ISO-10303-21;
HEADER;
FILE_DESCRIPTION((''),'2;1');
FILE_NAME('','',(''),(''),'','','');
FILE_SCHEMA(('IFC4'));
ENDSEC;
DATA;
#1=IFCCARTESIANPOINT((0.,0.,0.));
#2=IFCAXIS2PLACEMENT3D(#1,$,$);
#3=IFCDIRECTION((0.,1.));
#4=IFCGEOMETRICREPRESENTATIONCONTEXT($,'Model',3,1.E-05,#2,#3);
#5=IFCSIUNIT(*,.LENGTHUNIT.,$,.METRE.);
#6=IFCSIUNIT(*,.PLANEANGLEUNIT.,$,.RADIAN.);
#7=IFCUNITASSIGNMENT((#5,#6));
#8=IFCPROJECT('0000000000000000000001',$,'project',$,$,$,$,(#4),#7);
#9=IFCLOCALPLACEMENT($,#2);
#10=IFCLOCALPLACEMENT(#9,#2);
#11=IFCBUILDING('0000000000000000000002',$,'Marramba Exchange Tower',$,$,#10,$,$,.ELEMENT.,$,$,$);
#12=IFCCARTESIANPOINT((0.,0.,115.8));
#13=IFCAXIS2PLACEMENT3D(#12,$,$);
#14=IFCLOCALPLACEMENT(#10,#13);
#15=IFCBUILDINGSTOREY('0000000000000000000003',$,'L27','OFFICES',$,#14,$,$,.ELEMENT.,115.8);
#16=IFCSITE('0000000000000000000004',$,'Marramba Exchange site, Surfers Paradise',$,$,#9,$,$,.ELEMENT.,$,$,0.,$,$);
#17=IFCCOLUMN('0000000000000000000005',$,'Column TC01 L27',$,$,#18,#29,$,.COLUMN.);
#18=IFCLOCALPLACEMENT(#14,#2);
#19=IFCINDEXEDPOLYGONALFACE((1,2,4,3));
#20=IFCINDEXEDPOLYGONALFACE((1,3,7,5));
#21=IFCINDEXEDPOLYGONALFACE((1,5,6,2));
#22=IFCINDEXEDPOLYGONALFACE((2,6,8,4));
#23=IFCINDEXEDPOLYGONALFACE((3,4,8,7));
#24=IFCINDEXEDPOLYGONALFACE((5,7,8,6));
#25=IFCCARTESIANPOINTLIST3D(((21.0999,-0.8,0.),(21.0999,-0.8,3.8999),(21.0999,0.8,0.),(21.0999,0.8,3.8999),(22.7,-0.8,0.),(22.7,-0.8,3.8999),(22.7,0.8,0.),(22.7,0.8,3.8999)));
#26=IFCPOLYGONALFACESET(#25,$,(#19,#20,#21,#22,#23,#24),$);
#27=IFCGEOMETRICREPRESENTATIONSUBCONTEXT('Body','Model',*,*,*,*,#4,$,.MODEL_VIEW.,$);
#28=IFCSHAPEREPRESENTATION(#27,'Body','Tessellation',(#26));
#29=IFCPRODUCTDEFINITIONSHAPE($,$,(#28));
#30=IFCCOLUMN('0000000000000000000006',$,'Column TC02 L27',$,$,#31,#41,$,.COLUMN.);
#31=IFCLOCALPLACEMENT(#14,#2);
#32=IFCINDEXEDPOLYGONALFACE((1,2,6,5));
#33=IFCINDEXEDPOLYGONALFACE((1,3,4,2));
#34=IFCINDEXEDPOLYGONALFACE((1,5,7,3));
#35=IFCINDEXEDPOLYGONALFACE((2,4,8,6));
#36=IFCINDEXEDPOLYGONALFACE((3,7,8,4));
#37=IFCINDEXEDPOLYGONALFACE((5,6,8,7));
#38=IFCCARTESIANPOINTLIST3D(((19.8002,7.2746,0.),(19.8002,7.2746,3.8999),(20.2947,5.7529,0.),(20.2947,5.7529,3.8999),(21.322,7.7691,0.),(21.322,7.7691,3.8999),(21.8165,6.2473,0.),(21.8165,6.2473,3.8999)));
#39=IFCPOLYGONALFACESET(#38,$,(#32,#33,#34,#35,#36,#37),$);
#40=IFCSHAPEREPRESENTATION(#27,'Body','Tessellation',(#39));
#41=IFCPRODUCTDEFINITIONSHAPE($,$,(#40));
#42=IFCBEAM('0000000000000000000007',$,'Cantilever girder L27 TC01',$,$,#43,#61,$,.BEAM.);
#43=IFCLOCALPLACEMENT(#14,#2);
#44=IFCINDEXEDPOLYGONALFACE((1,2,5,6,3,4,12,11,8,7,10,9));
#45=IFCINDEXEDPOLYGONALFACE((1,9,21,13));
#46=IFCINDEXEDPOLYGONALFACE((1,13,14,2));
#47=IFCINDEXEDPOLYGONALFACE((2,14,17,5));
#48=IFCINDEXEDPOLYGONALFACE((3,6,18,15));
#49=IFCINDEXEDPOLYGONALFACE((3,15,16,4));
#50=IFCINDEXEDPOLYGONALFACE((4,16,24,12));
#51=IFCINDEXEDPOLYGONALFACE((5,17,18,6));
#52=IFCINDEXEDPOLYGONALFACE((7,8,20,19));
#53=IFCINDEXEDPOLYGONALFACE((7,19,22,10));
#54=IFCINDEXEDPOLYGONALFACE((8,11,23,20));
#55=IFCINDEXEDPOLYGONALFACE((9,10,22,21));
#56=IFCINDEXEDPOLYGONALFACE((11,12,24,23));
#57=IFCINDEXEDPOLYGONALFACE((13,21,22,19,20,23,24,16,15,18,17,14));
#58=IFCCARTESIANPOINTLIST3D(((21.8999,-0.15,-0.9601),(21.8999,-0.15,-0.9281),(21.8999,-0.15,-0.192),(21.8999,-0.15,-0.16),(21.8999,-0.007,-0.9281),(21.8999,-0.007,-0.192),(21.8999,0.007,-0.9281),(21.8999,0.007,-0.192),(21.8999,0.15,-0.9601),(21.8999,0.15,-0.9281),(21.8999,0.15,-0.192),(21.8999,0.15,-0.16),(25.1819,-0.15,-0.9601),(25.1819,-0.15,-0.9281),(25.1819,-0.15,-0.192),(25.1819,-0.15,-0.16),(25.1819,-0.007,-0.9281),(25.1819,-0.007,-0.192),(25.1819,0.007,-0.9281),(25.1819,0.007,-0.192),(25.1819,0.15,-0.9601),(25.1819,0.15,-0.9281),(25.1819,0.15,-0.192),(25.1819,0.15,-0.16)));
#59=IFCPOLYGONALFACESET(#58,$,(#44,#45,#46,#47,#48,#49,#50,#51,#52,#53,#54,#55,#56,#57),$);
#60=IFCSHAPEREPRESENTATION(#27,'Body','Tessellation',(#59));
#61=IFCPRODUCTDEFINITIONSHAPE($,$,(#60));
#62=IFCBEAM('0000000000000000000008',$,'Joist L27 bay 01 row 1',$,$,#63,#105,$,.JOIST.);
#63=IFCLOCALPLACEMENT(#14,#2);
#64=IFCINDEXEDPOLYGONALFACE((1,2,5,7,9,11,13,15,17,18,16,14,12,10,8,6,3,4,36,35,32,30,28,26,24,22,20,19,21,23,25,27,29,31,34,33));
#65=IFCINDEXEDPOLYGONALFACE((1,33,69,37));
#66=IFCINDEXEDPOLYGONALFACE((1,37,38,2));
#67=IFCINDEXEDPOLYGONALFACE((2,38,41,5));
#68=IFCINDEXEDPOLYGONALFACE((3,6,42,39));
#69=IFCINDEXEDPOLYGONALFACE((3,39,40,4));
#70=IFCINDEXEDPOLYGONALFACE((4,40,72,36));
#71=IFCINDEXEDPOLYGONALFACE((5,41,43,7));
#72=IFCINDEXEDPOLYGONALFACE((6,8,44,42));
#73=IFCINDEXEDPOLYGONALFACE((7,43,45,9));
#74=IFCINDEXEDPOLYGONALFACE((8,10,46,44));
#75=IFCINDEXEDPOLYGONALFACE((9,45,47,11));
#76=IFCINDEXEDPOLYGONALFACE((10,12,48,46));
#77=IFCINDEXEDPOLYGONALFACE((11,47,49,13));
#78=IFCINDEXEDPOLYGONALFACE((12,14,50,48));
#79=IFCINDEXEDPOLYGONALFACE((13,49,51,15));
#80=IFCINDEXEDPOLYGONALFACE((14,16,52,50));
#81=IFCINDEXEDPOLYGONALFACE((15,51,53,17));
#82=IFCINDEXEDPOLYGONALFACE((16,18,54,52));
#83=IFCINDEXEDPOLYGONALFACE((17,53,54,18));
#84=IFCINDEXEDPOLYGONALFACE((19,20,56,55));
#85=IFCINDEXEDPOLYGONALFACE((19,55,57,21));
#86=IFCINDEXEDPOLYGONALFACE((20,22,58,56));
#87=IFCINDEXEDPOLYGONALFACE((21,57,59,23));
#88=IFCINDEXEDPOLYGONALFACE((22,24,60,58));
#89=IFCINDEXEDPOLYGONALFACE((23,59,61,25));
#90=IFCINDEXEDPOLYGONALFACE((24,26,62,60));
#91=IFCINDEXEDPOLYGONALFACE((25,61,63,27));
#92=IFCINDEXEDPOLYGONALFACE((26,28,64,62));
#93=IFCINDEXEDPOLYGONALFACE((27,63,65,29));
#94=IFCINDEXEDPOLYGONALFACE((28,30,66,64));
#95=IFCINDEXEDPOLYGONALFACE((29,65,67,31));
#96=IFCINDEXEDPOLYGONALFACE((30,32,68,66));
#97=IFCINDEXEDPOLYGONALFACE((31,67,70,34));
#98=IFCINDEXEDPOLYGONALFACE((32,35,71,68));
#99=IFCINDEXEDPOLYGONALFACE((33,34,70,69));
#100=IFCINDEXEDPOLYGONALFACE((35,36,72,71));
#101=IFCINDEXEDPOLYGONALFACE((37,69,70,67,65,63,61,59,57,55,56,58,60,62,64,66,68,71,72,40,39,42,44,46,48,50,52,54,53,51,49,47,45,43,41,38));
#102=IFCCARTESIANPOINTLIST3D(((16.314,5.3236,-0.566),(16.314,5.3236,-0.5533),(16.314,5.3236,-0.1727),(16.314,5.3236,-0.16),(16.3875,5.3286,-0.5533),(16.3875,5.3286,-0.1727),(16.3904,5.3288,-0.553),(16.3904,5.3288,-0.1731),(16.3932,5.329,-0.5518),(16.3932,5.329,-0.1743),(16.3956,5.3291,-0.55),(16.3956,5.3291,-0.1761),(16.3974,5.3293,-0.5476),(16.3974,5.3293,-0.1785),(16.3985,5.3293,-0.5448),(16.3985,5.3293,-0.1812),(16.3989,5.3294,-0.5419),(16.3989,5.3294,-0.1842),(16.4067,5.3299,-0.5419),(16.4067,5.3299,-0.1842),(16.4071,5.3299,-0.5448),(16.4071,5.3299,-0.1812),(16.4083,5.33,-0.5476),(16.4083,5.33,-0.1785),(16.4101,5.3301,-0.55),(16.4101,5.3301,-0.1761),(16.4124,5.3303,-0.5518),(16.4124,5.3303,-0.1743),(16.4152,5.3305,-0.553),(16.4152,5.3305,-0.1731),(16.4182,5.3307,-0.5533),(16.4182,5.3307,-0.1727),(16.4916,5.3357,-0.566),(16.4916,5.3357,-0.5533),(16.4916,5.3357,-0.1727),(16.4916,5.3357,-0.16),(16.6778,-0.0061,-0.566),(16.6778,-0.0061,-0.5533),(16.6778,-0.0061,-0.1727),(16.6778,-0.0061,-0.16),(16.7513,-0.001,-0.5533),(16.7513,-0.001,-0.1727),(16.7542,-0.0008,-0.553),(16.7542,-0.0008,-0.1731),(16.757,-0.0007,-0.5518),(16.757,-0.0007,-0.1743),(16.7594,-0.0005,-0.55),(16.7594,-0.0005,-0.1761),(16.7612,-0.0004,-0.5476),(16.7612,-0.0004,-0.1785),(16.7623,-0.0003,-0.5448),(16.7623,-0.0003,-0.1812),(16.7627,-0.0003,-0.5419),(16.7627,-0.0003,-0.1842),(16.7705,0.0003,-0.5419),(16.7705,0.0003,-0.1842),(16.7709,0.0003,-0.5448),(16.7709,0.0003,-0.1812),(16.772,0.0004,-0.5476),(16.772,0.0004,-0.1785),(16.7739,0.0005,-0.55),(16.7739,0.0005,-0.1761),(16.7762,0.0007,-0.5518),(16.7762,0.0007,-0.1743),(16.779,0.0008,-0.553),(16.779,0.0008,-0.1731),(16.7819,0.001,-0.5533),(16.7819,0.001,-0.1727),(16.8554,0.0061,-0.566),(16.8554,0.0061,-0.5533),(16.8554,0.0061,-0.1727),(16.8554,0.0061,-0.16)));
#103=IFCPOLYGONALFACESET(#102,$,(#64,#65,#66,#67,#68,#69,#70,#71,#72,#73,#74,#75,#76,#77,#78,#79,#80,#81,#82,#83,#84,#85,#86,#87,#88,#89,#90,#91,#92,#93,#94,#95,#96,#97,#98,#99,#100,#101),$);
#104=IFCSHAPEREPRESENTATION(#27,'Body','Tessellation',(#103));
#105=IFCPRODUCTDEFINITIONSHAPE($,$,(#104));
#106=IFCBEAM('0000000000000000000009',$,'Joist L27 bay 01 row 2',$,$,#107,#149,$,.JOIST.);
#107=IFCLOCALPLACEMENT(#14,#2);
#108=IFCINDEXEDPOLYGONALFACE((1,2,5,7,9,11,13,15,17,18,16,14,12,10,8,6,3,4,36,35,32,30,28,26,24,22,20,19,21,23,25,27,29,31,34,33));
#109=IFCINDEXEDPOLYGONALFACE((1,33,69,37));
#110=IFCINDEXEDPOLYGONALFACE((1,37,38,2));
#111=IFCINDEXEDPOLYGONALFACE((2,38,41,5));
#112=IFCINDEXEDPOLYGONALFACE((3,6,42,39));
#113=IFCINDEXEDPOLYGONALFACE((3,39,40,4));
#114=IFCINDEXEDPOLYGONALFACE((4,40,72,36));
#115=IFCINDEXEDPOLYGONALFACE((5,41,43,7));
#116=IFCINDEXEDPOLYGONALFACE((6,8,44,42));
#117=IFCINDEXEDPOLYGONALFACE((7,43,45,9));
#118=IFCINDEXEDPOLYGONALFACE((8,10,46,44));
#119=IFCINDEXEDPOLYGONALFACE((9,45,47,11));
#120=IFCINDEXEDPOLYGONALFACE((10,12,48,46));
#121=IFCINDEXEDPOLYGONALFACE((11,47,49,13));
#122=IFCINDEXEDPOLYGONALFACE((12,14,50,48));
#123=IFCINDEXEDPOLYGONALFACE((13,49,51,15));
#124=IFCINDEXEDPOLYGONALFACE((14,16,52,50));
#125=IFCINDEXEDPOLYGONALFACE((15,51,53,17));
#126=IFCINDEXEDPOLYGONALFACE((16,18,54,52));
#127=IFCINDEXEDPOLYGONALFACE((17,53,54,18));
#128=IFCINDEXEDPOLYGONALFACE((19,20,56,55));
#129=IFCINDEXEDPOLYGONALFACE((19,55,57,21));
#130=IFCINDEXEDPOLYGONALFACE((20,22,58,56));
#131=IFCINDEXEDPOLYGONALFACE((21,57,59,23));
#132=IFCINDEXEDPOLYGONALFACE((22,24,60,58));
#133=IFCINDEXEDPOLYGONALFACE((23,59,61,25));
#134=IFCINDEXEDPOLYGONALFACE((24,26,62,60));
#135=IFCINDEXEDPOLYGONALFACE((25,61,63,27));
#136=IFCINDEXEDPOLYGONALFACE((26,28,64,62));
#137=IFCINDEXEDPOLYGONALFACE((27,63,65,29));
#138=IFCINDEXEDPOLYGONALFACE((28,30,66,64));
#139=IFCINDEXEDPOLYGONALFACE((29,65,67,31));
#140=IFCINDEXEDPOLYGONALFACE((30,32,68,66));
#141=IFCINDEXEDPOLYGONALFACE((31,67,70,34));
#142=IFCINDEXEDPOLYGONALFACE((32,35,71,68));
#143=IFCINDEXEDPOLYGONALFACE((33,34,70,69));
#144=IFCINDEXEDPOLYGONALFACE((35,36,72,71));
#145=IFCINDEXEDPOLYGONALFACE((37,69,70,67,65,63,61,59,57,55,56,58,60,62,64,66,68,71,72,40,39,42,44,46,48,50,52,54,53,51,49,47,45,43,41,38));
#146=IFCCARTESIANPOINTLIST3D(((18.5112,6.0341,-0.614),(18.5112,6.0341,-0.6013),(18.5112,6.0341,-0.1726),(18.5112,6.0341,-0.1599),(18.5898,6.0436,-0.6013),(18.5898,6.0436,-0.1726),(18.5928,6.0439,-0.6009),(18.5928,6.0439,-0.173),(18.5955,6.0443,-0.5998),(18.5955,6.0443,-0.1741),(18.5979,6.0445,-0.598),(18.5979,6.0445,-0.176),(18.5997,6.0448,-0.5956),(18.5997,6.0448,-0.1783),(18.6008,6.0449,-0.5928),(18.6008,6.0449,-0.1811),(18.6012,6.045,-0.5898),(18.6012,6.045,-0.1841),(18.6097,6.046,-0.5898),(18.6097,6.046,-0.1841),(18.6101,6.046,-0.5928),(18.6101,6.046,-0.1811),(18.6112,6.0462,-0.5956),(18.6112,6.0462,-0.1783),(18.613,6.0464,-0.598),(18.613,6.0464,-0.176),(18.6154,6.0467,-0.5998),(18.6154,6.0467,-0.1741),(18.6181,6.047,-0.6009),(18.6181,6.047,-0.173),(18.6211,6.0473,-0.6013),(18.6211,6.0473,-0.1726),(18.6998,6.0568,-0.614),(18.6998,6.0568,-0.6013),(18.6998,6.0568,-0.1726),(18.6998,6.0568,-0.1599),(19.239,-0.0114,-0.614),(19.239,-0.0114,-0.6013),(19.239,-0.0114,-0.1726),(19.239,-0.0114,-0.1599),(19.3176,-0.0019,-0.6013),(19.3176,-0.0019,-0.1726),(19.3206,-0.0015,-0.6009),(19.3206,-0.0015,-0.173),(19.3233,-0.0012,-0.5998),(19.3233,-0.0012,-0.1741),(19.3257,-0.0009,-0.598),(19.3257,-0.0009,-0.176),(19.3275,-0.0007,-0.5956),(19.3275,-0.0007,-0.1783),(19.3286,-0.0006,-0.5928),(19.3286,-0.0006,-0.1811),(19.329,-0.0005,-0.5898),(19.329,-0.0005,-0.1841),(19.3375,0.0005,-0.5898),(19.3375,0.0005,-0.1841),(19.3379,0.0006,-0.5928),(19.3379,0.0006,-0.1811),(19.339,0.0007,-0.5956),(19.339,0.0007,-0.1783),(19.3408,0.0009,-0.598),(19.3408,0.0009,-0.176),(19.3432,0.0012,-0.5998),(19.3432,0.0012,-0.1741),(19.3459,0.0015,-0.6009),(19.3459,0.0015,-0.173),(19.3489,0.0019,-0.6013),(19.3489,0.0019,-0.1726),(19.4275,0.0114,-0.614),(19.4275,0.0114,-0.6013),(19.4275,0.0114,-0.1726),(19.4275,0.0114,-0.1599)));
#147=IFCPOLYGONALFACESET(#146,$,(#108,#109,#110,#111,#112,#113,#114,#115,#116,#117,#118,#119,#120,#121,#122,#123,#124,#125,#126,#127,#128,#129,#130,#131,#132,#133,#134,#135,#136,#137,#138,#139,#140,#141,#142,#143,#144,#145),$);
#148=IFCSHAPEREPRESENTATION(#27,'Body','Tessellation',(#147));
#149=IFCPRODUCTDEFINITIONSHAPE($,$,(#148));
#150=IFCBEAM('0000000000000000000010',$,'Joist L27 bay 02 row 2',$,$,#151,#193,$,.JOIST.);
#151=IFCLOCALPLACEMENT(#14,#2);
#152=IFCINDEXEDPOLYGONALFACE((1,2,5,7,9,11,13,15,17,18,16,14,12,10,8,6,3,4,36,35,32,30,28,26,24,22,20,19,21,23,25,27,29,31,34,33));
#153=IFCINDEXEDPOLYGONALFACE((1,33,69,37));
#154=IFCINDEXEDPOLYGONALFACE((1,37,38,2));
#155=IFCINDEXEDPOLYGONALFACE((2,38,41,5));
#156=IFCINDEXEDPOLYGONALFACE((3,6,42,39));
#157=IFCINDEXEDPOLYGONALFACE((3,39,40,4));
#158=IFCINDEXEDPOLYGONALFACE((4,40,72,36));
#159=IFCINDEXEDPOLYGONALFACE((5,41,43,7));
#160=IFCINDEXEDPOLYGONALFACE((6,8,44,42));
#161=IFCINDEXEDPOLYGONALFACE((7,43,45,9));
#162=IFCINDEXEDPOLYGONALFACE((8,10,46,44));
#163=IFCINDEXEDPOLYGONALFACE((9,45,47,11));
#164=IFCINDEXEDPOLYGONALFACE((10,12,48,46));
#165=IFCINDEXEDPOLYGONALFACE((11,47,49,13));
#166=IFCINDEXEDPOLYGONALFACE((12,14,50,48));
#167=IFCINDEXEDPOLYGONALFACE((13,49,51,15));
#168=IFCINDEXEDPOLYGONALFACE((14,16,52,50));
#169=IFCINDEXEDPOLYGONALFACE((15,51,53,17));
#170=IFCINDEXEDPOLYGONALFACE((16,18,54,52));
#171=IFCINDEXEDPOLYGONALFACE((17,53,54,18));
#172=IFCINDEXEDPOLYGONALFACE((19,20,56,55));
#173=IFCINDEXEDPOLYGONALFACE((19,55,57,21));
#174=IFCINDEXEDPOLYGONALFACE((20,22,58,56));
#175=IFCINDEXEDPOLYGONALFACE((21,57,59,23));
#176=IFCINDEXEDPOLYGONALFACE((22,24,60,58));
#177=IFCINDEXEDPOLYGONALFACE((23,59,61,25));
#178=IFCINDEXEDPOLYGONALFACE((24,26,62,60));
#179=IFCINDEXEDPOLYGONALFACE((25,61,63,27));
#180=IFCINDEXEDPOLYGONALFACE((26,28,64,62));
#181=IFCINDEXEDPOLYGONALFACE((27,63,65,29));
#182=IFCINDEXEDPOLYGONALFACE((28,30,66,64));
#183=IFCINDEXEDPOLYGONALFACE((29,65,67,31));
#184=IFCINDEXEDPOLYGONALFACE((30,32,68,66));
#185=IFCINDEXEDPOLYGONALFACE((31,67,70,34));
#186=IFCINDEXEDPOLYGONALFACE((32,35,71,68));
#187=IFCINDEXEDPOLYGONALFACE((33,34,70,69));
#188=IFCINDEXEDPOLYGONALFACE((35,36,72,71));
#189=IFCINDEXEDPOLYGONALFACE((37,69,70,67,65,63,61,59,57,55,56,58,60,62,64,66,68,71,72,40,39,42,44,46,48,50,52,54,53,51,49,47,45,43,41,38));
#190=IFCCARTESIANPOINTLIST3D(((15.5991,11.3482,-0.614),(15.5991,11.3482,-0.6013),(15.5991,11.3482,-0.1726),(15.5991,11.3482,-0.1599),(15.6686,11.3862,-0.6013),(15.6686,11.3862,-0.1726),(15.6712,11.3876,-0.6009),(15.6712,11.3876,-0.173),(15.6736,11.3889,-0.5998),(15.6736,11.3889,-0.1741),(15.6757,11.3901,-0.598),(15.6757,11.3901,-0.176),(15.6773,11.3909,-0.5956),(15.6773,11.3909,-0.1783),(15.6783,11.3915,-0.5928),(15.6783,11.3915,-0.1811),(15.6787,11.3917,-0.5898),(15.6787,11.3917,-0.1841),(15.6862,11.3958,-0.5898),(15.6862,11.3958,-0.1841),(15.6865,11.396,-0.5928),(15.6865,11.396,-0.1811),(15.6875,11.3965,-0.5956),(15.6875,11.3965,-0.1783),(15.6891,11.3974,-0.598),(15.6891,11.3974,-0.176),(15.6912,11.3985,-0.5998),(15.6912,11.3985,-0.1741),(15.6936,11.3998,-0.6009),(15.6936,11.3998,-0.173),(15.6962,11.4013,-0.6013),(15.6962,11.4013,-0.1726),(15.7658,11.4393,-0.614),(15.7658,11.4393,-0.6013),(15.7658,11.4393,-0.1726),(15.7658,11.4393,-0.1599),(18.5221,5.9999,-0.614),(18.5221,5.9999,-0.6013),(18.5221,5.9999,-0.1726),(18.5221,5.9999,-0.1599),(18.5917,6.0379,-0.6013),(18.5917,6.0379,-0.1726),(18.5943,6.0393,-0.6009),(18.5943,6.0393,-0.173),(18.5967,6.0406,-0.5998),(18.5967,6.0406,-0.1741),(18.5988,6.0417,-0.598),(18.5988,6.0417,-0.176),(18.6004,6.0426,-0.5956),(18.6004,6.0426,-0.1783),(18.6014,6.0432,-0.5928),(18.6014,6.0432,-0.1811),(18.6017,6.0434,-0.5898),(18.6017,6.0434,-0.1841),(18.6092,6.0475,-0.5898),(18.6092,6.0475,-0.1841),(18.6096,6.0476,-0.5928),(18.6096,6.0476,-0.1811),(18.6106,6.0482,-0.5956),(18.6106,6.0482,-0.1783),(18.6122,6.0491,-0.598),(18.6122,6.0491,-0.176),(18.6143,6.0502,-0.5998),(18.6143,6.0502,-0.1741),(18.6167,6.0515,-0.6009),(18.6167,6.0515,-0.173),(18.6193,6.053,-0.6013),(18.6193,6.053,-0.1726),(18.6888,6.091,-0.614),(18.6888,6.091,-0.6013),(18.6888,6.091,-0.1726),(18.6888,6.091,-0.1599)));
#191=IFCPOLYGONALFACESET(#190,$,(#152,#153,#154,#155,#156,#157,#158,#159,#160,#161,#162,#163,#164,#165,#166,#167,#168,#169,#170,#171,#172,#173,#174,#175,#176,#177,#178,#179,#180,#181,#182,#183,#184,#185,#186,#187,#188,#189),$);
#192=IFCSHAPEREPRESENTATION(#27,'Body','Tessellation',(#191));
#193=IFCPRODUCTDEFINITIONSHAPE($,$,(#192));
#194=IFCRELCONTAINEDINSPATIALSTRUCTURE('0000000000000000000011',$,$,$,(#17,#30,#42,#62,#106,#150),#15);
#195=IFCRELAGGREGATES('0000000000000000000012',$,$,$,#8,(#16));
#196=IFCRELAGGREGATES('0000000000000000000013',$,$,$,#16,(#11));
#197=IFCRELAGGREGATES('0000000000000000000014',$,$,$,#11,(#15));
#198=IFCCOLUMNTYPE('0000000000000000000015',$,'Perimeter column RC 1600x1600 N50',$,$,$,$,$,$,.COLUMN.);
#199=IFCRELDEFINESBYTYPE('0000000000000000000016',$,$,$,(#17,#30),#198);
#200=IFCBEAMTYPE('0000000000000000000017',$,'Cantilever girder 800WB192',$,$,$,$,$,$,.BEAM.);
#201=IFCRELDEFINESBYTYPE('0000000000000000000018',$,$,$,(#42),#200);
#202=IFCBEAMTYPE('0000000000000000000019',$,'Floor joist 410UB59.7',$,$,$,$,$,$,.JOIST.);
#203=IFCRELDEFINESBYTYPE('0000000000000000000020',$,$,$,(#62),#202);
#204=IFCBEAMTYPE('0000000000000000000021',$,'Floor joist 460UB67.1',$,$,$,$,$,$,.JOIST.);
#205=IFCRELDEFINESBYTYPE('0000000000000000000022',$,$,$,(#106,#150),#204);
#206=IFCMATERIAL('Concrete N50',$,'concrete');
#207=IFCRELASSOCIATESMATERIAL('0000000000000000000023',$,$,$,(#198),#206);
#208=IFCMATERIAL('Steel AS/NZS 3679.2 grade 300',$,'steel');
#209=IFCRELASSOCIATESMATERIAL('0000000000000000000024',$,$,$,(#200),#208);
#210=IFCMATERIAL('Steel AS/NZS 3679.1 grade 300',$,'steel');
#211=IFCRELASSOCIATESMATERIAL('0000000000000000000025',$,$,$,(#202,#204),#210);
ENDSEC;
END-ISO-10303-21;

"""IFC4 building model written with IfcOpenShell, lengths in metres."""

from ifc_helpers import new_model, si_unit, direction, frame, origin, origin_2d, place, context, subcontext, project, spatial, rectangle, i_section, extrude, material, material_profile, profile_set, type_object, element, save


model = new_model("IFC4")

# Units and contexts
model_context = context("Model", 3, precision=1e-05, world=origin(), true_north=direction((0.0, 1.0)))
body_context = subcontext(model_context, "Body", "Model", "MODEL_VIEW")
ifc_project = project(units=[si_unit("LENGTHUNIT", "METRE"), si_unit("PLANEANGLEUNIT", "RADIAN")], contexts=[model_context])

# Site, building, storey
site_placement = place(None, origin())
site = spatial("IfcSite", under=ifc_project, at=site_placement, Name="Marramba Exchange site, Surfers Paradise", CompositionType="ELEMENT", RefElevation=0.0)
building_placement = place(site_placement, origin())
building = spatial("IfcBuilding", under=site, at=building_placement, Name="Marramba Exchange Tower", CompositionType="ELEMENT")
storey_placement = place(building_placement, frame((0.0, 0.0, 115.8)))
storey = spatial("IfcBuildingStorey", under=building, at=storey_placement, Name="L27", Description="OFFICES", CompositionType="ELEMENT", Elevation=115.8)

# Columns
ifc_material_1 = material(Name="Concrete N50", Category="concrete")
ifc_material_profile_1 = material_profile(ifc_material_1, rectangle(XDim=1.6001, YDim=1.6001, at=origin_2d()), Name="RC 1600x1600")
ifc_profile_set_1 = profile_set([ifc_material_profile_1], Name="Concrete N50")
column_type = type_object("IfcColumnType", Name="Perimeter column RC 1600x1600 N50", PredefinedType="COLUMN", material=ifc_profile_set_1)
for number, where, z_axis, x_axis, name in (
    (1, (21.8999, 0.0, 0.0), (0.0, 0.0, 1.0), (1.0, 0.0, 0.0), "Column TC01 L27"),
    (2, (20.8083, 6.761, 0.0), (0.0, 0.0, 1.0), (0.951057, 0.309017, 0.0), "Column TC02 L27"),
):
    element("IfcColumn", number, at=place(storey_placement, frame(where, z_axis=z_axis, x_axis=x_axis)), inside=storey, type_object=column_type, Name=name, PredefinedType="COLUMN", context=body_context, shape_type="SweptSolid", body=[
        extrude(rectangle(XDim=1.6001, YDim=1.6001, at=origin_2d()), origin(), (0.0, 0.0, 1.0), 3.8999),
    ])

# Beams
ifc_material_2 = material(Name="Steel AS/NZS 3679.2 grade 300", Category="steel")
ifc_material_profile_2 = material_profile(ifc_material_2, i_section(OverallWidth=0.3, OverallDepth=0.8, WebThickness=0.0139, FlangeThickness=0.032, at=origin_2d()), Name="800WB192")
ifc_profile_set_2 = profile_set([ifc_material_profile_2], Name="Steel AS/NZS 3679.2 grade 300")
beam_type_1 = type_object("IfcBeamType", Name="Cantilever girder 800WB192", PredefinedType="BEAM", material=ifc_profile_set_2)
beam_1_placement = place(storey_placement, frame((21.8999, 0.0, -0.5601), z_axis=(1.0, 0.0, 0.0), x_axis=(0.0, 1.0, 0.0)))
element("IfcBeam", 3, at=beam_1_placement, inside=storey, type_object=beam_type_1, Name="Cantilever girder L27 TC01", PredefinedType="BEAM", context=body_context, shape_type="SweptSolid", body=[
    extrude(i_section(OverallWidth=0.3, OverallDepth=0.8, WebThickness=0.0139, FlangeThickness=0.032, at=origin_2d()), origin(), (0.0, 0.0, 1.0), 3.282),
])
ifc_material_3 = material(Name="Steel AS/NZS 3679.1 grade 300", Category="steel")
ifc_material_profile_3 = material_profile(ifc_material_3, i_section(OverallWidth=0.178, OverallDepth=0.406, WebThickness=0.0078, FlangeThickness=0.0127, FilletRadius=0.0115, at=origin_2d()), Name="410UB59.7")
ifc_profile_set_3 = profile_set([ifc_material_profile_3], Name="Steel AS/NZS 3679.1 grade 300")
beam_type_2 = type_object("IfcBeamType", Name="Floor joist 410UB59.7", PredefinedType="JOIST", material=ifc_profile_set_3)
beam_2_placement = place(storey_placement, frame((16.7666, 0.0, -0.363), z_axis=(-0.068096, 0.997679, 0.0), x_axis=(-0.997679, -0.068096, 0.0)))
element("IfcBeam", 4, at=beam_2_placement, inside=storey, type_object=beam_type_2, Name="Joist L27 bay 01 row 1", PredefinedType="JOIST", context=body_context, shape_type="SweptSolid", body=[
    extrude(i_section(OverallWidth=0.178, OverallDepth=0.406, WebThickness=0.0078, FlangeThickness=0.0127, FilletRadius=0.0115, at=origin_2d()), origin(), (0.0, 0.0, 1.0), 5.342),
])
ifc_material_profile_4 = material_profile(ifc_material_3, i_section(OverallWidth=0.1899, OverallDepth=0.4541, WebThickness=0.0085, FlangeThickness=0.0127, FilletRadius=0.0115, at=origin_2d()), Name="460UB67.1")
ifc_profile_set_4 = profile_set([ifc_material_profile_4], Name="Steel AS/NZS 3679.1 grade 300")
beam_type_3 = type_object("IfcBeamType", Name="Floor joist 460UB67.1", PredefinedType="JOIST", material=ifc_profile_set_4)
beam_3_placement = place(storey_placement, frame((19.3333, 0.0, -0.387), z_axis=(-0.119523, 0.992831, 0.0), x_axis=(-0.992831, -0.119523, 0.0)))
element("IfcBeam", 5, at=beam_3_placement, inside=storey, type_object=beam_type_3, Name="Joist L27 bay 01 row 2", PredefinedType="JOIST", context=body_context, shape_type="SweptSolid", body=[
    extrude(i_section(OverallWidth=0.1899, OverallDepth=0.4541, WebThickness=0.0085, FlangeThickness=0.0127, FilletRadius=0.0115, at=origin_2d()), origin(), (0.0, 0.0, 1.0), 6.0891),
])
beam_4_placement = place(storey_placement, frame((18.6055, 6.0454, -0.387), z_axis=(-0.479584, 0.877496, 0.0), x_axis=(-0.877496, -0.479584, 0.0)))
element("IfcBeam", 6, at=beam_4_placement, inside=storey, type_object=beam_type_3, Name="Joist L27 bay 02 row 2", PredefinedType="JOIST", context=body_context, shape_type="SweptSolid", body=[
    extrude(i_section(OverallWidth=0.1899, OverallDepth=0.4541, WebThickness=0.0085, FlangeThickness=0.0127, FilletRadius=0.0115, at=origin_2d()), origin(), (0.0, 0.0, 1.0), 6.095),
])

save(model, "model.ifc")
